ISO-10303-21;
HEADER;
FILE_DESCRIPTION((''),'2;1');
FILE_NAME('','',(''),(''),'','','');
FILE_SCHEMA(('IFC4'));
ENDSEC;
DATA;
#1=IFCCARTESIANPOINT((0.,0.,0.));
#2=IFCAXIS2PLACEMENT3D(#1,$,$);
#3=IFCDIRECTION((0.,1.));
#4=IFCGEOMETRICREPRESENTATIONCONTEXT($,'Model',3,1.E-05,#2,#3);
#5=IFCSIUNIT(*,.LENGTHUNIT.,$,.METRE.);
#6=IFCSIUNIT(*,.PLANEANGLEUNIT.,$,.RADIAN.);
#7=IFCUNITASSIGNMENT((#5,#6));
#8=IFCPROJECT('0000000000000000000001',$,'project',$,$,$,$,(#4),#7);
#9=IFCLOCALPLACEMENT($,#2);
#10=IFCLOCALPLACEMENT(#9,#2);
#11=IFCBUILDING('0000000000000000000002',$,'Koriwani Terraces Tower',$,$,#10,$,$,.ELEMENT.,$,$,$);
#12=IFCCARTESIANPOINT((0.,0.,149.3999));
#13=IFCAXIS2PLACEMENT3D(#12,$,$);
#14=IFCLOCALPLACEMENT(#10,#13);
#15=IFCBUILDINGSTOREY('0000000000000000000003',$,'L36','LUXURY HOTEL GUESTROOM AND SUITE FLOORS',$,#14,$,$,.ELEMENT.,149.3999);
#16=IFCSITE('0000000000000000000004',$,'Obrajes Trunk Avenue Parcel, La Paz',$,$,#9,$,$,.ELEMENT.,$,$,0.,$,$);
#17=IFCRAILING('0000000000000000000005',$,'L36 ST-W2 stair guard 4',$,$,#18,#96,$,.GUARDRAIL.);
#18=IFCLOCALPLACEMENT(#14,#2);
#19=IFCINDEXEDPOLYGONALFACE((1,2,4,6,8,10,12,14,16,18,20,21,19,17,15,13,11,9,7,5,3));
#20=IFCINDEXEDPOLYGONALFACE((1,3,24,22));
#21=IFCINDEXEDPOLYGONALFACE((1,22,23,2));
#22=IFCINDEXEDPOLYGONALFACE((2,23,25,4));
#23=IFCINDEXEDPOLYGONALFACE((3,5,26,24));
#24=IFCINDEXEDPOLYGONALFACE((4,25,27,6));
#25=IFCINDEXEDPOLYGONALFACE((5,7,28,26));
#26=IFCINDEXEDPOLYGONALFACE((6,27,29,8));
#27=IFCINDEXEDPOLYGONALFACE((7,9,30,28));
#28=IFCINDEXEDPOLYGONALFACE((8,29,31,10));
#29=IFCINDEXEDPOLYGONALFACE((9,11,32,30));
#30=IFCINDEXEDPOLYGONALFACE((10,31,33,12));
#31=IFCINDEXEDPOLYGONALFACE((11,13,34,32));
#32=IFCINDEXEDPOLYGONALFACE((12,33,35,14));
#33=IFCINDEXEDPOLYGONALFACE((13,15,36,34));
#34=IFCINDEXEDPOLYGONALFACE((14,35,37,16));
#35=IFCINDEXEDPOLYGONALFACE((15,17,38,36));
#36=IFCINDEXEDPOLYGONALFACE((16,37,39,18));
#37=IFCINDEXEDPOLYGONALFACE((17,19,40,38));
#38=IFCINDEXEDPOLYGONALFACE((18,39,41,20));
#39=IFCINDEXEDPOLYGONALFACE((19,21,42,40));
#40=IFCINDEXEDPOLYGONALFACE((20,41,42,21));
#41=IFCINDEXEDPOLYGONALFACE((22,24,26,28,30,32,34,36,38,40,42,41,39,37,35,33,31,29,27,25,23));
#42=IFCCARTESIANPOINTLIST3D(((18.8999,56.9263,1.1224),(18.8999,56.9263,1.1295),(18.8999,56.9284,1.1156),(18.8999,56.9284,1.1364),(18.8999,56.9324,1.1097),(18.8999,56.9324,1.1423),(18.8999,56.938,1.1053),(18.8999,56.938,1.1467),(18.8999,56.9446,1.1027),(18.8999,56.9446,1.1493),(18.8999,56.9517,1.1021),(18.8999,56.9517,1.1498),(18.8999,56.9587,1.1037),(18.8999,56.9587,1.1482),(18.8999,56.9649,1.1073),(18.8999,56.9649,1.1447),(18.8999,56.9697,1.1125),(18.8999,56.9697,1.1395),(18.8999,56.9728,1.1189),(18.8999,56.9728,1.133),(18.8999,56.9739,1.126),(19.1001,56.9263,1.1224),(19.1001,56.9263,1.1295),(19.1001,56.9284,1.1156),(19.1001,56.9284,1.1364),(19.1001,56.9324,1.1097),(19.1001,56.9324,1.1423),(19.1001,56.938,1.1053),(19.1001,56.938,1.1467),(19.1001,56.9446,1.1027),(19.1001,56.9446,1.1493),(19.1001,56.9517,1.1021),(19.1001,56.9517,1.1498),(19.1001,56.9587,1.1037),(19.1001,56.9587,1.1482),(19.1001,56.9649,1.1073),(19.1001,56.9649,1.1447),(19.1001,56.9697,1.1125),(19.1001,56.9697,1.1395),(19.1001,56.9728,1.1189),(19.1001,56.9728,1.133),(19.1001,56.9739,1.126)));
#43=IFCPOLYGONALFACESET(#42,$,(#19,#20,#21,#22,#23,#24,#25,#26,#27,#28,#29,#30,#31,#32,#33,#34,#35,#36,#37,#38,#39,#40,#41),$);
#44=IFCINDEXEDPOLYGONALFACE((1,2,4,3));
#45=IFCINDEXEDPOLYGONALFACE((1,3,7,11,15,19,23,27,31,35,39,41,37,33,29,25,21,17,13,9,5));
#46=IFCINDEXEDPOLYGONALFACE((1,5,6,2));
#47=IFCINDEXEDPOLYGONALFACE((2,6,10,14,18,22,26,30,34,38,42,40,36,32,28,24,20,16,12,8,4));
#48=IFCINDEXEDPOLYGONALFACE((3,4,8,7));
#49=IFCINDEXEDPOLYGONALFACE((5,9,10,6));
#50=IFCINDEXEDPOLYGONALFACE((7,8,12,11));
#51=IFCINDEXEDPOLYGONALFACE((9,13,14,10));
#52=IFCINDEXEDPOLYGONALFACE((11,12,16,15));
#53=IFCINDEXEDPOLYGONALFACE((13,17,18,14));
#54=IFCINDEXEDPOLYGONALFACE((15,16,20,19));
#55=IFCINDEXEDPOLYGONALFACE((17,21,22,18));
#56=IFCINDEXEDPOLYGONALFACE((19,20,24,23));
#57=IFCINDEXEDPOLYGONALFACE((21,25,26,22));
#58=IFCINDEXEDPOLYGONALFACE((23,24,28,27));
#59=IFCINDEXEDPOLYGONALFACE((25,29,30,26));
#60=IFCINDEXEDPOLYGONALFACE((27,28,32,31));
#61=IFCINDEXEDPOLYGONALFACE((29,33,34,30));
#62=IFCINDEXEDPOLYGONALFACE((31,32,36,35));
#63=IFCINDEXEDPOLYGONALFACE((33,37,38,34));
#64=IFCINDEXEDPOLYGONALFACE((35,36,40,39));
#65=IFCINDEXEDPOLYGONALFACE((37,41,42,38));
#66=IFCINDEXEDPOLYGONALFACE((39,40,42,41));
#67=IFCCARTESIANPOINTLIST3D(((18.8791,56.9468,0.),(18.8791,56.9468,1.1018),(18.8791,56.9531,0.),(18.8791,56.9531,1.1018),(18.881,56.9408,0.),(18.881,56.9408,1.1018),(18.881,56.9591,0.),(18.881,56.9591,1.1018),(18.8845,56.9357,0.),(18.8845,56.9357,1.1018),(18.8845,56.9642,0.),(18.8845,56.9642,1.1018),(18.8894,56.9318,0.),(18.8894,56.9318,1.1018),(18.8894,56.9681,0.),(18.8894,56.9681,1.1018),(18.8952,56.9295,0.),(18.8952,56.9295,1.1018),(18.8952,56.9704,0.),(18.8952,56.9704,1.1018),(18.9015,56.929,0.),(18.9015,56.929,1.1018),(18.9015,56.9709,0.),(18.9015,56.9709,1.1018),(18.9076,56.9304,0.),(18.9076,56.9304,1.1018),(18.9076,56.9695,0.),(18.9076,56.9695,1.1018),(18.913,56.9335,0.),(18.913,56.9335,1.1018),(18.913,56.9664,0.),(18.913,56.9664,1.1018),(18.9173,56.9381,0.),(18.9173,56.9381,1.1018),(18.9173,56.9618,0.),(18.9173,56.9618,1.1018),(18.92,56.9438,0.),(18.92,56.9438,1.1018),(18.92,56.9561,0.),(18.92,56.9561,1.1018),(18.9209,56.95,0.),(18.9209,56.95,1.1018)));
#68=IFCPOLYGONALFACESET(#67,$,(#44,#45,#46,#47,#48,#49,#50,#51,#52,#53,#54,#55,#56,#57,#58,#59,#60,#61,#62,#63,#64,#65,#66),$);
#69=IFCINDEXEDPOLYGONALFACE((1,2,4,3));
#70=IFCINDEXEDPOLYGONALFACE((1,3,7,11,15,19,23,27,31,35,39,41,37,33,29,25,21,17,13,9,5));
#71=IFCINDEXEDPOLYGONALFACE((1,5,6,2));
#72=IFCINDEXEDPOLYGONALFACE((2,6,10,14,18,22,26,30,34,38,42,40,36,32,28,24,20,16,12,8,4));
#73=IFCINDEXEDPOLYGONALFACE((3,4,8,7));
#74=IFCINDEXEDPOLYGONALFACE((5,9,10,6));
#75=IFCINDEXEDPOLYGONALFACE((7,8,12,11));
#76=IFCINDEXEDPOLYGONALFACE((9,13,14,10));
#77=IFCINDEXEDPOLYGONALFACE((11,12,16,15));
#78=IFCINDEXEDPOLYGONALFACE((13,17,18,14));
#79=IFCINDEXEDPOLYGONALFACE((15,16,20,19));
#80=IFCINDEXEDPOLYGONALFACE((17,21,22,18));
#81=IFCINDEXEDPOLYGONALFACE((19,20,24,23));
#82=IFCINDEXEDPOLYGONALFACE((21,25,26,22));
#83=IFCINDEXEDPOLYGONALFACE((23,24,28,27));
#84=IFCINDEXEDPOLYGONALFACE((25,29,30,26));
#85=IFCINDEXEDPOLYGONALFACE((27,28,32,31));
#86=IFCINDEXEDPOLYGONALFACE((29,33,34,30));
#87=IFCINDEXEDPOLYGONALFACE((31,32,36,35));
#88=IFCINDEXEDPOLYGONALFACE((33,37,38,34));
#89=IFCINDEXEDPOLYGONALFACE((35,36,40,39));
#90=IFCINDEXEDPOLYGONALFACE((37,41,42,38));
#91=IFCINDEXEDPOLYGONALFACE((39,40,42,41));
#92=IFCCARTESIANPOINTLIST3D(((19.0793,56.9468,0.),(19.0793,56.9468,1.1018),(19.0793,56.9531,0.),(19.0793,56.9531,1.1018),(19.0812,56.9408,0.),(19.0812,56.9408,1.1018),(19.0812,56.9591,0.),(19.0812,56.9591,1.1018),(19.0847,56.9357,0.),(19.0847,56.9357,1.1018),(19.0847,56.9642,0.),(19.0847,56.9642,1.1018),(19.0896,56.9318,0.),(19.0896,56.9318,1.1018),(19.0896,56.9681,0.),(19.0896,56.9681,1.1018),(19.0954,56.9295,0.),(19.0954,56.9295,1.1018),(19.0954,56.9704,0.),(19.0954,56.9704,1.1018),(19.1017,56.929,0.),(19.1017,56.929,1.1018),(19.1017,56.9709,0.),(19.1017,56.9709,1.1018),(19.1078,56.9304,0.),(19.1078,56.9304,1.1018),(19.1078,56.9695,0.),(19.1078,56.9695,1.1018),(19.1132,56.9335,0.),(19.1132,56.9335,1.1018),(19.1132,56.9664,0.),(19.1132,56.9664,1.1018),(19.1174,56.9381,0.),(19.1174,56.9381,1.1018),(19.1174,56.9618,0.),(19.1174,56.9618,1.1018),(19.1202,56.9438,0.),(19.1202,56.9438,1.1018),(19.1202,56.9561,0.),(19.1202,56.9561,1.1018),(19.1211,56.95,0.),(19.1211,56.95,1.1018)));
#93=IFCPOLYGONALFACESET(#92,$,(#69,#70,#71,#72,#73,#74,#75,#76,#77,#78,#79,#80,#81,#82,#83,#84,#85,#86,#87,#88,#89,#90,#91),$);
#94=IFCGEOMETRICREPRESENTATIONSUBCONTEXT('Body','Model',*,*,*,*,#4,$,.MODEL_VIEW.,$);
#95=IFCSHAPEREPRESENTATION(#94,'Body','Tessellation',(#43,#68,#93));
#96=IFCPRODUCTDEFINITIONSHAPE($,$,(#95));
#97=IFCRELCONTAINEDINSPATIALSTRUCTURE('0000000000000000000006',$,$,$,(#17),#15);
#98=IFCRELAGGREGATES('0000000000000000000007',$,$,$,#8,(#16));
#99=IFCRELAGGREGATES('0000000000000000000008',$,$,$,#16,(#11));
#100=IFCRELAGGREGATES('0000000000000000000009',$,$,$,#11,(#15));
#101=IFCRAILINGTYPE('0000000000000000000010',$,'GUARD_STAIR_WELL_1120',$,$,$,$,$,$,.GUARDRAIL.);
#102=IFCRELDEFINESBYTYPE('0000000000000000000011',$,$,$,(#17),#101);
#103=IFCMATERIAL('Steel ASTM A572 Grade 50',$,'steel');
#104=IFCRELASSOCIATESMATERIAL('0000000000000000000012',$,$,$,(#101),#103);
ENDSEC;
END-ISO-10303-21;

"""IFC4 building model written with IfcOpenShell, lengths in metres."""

from ifc_helpers import new_model, si_unit, direction, frame, origin, origin_2d, place, context, subcontext, project, spatial, circle, extrude, material, type_object, element, save


model = new_model("IFC4")

# Units and contexts
model_context = context("Model", 3, precision=1e-05, world=origin(), true_north=direction((0.0, 1.0)))
body_context = subcontext(model_context, "Body", "Model", "MODEL_VIEW")
ifc_project = project(units=[si_unit("LENGTHUNIT", "METRE"), si_unit("PLANEANGLEUNIT", "RADIAN")], contexts=[model_context])

# Site, building, storey
site_placement = place(None, origin())
site = spatial("IfcSite", under=ifc_project, at=site_placement, Name="Obrajes Trunk Avenue Parcel, La Paz", CompositionType="ELEMENT", RefElevation=0.0)
building_placement = place(site_placement, origin())
building = spatial("IfcBuilding", under=site, at=building_placement, Name="Koriwani Terraces Tower", CompositionType="ELEMENT")
storey_placement = place(building_placement, frame((0.0, 0.0, 149.3999)))
storey = spatial("IfcBuildingStorey", under=building, at=storey_placement, Name="L36", Description="LUXURY HOTEL GUESTROOM AND SUITE FLOORS", CompositionType="ELEMENT", Elevation=149.3999)

# Shared definitions
ifc_material_1 = material(Name="Steel ASTM A572 Grade 50", Category="steel")

# Railing
railing_type_1 = type_object("IfcRailingType", Name="GUARD_STAIR_WELL_1120", PredefinedType="GUARDRAIL", material=ifc_material_1)
railing_1_placement = place(storey_placement, frame((18.8999, 56.95, 0.0)))
element("IfcRailing", 1, at=railing_1_placement, inside=storey, type_object=railing_type_1, Name="L36 ST-W2 stair guard 4", PredefinedType="GUARDRAIL", context=body_context, shape_type="SweptSolid", body=[
    extrude(circle(Radius=0.0239, at=origin_2d()), frame((0.0, 0.0, 1.126), z_axis=(1.0, 0.0, 0.0), x_axis=(0.0, 1.0, 0.0)), (0.0, 0.0, 1.0), 0.2002),
    extrude(circle(Radius=0.021, at=origin_2d()), origin(), (0.0, 0.0, 1.0), 1.1018),
    extrude(circle(Radius=0.021, at=origin_2d()), frame((0.2002, 0.0, 0.0)), (0.0, 0.0, 1.0), 1.1018),
])

save(model, "model.ifc")
